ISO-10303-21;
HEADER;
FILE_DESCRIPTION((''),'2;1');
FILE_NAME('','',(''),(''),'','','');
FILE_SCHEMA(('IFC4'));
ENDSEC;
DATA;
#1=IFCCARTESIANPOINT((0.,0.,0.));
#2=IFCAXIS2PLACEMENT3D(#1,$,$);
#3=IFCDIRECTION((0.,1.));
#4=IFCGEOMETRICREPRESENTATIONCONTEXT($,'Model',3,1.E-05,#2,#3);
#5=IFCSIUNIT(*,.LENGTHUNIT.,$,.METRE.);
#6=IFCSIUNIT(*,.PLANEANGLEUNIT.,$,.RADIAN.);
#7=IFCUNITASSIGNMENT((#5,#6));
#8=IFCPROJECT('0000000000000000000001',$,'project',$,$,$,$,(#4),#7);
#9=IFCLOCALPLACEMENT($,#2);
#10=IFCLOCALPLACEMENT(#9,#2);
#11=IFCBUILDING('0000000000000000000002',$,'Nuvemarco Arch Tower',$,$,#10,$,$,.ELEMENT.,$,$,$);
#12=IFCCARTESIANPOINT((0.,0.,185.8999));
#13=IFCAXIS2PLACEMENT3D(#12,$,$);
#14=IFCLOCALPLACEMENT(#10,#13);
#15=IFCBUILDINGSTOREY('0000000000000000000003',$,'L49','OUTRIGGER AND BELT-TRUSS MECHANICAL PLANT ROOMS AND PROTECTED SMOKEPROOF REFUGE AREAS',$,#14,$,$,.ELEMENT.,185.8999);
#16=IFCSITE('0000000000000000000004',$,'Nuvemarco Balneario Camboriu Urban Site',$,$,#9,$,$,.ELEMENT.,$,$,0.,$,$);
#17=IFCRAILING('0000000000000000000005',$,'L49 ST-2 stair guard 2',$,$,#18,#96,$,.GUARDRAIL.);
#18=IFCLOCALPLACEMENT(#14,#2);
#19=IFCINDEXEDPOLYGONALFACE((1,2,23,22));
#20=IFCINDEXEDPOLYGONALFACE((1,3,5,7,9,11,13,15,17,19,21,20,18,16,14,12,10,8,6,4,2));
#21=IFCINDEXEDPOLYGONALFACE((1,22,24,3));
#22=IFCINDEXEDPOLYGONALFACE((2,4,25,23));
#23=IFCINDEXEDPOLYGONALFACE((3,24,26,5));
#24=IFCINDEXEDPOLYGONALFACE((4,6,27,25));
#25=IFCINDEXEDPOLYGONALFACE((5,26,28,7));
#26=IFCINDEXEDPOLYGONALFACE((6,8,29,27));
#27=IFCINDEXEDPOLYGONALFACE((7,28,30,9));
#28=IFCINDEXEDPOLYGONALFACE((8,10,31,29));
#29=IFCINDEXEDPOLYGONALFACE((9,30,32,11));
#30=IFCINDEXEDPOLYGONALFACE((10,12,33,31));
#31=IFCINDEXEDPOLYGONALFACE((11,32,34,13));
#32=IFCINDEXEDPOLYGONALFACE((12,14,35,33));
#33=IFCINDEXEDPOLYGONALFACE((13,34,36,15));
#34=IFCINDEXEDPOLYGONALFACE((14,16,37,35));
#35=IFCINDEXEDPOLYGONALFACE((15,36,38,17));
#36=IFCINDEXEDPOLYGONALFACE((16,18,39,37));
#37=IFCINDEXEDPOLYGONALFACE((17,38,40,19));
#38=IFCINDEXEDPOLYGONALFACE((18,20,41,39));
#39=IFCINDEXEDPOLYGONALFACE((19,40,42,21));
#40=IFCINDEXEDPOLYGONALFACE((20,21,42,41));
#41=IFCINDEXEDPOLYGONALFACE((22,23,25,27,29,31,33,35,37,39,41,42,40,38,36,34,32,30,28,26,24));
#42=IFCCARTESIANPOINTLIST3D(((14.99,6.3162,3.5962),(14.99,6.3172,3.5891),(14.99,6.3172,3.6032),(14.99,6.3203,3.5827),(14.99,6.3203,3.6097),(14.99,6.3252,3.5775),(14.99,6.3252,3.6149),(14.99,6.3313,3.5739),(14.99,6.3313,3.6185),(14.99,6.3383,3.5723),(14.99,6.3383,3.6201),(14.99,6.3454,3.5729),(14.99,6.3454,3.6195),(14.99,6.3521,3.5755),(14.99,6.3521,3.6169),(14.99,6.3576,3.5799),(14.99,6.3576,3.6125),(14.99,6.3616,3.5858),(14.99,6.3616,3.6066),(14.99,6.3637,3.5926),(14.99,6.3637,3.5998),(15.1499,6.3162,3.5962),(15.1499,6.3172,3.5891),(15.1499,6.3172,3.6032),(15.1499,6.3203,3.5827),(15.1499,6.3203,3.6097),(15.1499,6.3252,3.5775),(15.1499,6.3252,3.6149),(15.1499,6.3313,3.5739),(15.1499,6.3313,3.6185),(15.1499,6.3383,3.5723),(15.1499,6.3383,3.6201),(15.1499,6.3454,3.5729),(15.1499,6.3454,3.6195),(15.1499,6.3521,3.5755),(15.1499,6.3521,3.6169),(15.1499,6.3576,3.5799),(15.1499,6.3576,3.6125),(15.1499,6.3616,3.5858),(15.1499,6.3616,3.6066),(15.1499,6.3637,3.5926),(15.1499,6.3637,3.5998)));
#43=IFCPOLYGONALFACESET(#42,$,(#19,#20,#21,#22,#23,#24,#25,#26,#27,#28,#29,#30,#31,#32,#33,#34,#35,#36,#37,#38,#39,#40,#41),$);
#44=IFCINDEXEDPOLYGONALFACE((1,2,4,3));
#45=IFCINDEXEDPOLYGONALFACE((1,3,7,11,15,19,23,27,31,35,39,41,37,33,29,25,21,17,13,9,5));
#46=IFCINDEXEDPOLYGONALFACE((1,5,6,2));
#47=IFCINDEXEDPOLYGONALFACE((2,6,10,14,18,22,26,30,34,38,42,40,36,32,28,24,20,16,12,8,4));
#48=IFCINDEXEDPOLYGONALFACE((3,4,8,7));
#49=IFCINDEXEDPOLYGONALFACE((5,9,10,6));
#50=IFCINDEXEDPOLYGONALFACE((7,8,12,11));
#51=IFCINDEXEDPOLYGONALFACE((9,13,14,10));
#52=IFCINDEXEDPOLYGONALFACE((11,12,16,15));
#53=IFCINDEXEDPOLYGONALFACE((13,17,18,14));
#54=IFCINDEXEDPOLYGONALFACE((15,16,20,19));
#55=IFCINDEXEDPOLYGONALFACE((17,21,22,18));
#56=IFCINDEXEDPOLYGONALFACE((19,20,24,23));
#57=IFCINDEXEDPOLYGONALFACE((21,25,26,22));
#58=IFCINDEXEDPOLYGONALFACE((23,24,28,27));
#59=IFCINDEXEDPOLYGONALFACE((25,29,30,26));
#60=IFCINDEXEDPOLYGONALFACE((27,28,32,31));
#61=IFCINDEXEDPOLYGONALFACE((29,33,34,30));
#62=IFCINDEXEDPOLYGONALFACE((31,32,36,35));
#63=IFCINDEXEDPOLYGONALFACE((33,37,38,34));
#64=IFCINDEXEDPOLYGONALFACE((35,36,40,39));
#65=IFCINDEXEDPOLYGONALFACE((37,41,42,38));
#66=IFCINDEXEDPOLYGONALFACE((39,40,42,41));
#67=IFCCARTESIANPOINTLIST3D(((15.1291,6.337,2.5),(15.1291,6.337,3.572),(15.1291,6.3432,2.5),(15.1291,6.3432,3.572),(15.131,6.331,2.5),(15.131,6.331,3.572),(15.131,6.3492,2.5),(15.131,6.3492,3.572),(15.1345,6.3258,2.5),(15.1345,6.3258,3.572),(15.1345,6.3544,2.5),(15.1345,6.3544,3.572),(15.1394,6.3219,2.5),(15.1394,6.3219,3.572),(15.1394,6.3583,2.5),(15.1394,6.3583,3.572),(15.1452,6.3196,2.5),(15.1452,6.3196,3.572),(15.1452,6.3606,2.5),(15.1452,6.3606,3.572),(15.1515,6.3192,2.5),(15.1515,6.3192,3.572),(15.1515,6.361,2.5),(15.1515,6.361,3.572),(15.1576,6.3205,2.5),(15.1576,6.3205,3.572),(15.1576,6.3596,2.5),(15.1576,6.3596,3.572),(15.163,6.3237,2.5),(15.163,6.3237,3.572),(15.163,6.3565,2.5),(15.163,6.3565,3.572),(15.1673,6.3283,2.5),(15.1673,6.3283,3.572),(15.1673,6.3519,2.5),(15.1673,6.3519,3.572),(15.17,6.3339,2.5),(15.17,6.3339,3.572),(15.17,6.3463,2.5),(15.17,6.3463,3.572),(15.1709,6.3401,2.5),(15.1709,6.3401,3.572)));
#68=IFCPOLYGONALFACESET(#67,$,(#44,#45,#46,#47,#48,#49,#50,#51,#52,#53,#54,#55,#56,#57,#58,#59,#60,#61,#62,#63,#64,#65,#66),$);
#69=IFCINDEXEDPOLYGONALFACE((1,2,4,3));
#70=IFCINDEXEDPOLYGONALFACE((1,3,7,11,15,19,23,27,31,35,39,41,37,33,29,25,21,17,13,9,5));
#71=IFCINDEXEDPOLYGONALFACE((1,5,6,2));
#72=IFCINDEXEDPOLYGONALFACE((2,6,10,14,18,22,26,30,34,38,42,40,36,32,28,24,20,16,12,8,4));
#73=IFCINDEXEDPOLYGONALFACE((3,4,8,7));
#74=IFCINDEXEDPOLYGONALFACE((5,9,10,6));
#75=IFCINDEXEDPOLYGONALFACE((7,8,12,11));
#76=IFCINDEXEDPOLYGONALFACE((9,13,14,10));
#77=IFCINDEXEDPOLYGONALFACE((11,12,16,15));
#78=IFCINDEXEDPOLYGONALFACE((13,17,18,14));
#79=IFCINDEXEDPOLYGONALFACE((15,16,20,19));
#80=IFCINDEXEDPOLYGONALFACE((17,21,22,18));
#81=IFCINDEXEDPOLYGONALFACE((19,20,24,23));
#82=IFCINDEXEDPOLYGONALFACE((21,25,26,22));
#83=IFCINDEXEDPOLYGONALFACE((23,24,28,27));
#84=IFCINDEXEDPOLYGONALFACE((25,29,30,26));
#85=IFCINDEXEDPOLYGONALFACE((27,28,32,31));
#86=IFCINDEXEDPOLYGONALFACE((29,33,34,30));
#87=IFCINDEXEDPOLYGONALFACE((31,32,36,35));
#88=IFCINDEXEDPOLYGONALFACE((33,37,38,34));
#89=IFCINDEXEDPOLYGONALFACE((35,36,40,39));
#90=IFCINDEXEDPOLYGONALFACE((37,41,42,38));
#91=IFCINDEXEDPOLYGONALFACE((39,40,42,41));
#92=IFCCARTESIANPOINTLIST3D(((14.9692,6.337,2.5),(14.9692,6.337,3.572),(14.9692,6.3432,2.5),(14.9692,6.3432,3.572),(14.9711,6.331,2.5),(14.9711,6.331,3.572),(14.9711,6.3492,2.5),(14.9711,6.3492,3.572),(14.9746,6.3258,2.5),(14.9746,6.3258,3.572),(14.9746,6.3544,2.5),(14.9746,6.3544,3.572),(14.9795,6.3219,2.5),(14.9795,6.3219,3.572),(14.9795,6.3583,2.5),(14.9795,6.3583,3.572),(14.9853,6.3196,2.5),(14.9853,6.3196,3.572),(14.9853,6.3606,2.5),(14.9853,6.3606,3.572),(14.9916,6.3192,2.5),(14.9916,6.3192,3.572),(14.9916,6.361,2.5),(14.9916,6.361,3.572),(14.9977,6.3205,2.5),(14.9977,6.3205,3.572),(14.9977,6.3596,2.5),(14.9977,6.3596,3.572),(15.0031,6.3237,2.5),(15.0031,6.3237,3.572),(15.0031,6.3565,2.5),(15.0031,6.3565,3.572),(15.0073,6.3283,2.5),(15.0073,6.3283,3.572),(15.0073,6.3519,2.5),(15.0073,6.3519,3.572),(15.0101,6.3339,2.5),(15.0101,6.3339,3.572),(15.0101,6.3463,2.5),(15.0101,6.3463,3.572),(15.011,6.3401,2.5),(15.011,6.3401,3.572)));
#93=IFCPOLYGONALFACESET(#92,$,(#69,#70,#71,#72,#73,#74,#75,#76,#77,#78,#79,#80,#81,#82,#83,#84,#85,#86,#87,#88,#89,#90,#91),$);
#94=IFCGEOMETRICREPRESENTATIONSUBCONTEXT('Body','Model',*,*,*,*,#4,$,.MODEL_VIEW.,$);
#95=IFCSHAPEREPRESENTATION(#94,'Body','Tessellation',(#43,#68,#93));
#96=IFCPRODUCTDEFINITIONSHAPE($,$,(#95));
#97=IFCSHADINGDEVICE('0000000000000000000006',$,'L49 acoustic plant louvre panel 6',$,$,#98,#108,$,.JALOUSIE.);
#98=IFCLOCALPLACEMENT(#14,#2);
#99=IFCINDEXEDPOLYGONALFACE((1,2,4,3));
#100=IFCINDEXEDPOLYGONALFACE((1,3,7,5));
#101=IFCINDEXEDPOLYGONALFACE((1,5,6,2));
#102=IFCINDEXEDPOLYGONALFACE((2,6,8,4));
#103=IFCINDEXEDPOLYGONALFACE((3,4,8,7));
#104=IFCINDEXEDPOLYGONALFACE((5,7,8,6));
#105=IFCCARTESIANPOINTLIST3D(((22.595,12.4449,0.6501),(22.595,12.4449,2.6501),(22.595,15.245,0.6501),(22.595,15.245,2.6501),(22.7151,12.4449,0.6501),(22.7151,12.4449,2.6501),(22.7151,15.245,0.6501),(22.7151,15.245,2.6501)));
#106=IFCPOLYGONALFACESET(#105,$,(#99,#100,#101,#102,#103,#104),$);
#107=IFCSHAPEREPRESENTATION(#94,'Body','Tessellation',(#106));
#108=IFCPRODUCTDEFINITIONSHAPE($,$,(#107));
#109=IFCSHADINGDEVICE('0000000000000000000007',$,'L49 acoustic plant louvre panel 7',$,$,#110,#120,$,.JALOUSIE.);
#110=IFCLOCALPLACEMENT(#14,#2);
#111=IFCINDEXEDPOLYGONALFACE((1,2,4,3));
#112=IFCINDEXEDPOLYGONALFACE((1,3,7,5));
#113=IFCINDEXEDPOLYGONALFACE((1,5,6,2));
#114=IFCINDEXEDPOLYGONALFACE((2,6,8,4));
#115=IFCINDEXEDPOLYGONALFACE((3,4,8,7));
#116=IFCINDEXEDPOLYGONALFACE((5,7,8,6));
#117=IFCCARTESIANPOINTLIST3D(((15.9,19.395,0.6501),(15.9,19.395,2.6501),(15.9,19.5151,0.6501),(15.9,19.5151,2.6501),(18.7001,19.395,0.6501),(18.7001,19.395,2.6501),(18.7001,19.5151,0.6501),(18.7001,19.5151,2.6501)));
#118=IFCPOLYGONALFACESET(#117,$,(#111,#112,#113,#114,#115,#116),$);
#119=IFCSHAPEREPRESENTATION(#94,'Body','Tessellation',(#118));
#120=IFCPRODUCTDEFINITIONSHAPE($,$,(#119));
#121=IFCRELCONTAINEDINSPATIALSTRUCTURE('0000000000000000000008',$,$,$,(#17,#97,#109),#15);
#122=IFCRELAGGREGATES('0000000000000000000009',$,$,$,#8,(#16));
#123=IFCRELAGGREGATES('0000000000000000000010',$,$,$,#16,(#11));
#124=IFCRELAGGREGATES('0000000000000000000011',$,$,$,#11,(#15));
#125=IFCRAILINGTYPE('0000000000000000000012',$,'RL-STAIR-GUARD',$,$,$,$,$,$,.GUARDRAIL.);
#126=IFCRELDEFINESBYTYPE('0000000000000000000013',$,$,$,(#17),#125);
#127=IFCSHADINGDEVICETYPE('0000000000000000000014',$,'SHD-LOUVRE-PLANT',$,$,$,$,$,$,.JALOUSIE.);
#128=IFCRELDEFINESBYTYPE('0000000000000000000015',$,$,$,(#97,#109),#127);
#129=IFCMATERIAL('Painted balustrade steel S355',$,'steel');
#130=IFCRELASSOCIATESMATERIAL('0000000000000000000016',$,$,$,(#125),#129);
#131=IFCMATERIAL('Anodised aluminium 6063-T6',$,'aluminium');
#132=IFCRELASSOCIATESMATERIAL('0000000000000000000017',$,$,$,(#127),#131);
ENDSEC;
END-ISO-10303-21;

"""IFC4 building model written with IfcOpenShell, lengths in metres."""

from ifc_helpers import new_model, si_unit, direction, frame, origin, origin_2d, place, context, subcontext, project, spatial, rectangle, circle, extrude, source, transform, mapped, material, type_object, type_shapes, element, save


model = new_model("IFC4")

# Units and contexts
model_context = context("Model", 3, precision=1e-05, world=origin(), true_north=direction((0.0, 1.0)))
body_context = subcontext(model_context, "Body", "Model", "MODEL_VIEW")
ifc_project = project(units=[si_unit("LENGTHUNIT", "METRE"), si_unit("PLANEANGLEUNIT", "RADIAN")], contexts=[model_context])

# Site, building, storey
site_placement = place(None, origin())
site = spatial("IfcSite", under=ifc_project, at=site_placement, Name="Nuvemarco Balneario Camboriu Urban Site", CompositionType="ELEMENT", RefElevation=0.0)
building_placement = place(site_placement, origin())
building = spatial("IfcBuilding", under=site, at=building_placement, Name="Nuvemarco Arch Tower", CompositionType="ELEMENT")
storey_placement = place(building_placement, frame((0.0, 0.0, 185.8999)))
storey = spatial("IfcBuildingStorey", under=building, at=storey_placement, Name="L49", Description="OUTRIGGER AND BELT-TRUSS MECHANICAL PLANT ROOMS AND PROTECTED SMOKEPROOF REFUGE AREAS", CompositionType="ELEMENT", Elevation=185.8999)

# Railing
ifc_material_1 = material(Name="Painted balustrade steel S355", Category="steel")
railing_type_1 = type_object("IfcRailingType", Name="RL-STAIR-GUARD", PredefinedType="GUARDRAIL", material=ifc_material_1)
railing_1_placement = place(storey_placement, frame((15.1499, 6.3401, 2.5)))
element("IfcRailing", 1, at=railing_1_placement, inside=storey, type_object=railing_type_1, Name="L49 ST-2 stair guard 2", PredefinedType="GUARDRAIL", context=body_context, shape_type="SweptSolid", body=[
    extrude(circle(Radius=0.0239, at=origin_2d()), frame((0.0, 0.0, 1.0962), z_axis=(-1.0, 0.0, 0.0), x_axis=(0.0, -1.0, 0.0)), (0.0, 0.0, 1.0), 0.1599),
    extrude(circle(Radius=0.021, at=origin_2d()), origin(), (0.0, 0.0, 1.0), 1.072),
    extrude(circle(Radius=0.021, at=origin_2d()), frame((-0.1599, 0.0, 0.0)), (0.0, 0.0, 1.0), 1.072),
])

# Shading devices
ifc_material_2 = material(Name="Anodised aluminium 6063-T6", Category="aluminium")
shading_device_type = type_object("IfcShadingDeviceType", Name="SHD-LOUVRE-PLANT", PredefinedType="JALOUSIE", material=ifc_material_2)
shared_shape_1 = source(origin(), body_context, "Body", "SweptSolid", [
    extrude(rectangle(XDim=2.8, YDim=0.1201, at=origin_2d()), origin(), (0.0, 0.0, 1.0), 2.0),
])
type_shapes(shading_device_type, [shared_shape_1])
for number, where, z_axis, x_axis, name in (
    (2, (22.655, 13.845, 0.6501), (0.0, 0.0, 1.0), (0.0, 1.0, 0.0), "L49 acoustic plant louvre panel 6"),
    (3, (17.3, 19.4551, 0.6501), (0.0, 0.0, 1.0), (1.0, 0.0, 0.0), "L49 acoustic plant louvre panel 7"),
):
    element("IfcShadingDevice", number, at=place(storey_placement, frame(where, z_axis=z_axis, x_axis=x_axis)), inside=storey, type_object=shading_device_type, Name=name, PredefinedType="JALOUSIE", context=body_context, shape_type="MappedRepresentation", body=[
        mapped(shared_shape_1, transform((0.0, 0.0, 0.0), scale=1.0)),
    ])

save(model, "model.ifc")
